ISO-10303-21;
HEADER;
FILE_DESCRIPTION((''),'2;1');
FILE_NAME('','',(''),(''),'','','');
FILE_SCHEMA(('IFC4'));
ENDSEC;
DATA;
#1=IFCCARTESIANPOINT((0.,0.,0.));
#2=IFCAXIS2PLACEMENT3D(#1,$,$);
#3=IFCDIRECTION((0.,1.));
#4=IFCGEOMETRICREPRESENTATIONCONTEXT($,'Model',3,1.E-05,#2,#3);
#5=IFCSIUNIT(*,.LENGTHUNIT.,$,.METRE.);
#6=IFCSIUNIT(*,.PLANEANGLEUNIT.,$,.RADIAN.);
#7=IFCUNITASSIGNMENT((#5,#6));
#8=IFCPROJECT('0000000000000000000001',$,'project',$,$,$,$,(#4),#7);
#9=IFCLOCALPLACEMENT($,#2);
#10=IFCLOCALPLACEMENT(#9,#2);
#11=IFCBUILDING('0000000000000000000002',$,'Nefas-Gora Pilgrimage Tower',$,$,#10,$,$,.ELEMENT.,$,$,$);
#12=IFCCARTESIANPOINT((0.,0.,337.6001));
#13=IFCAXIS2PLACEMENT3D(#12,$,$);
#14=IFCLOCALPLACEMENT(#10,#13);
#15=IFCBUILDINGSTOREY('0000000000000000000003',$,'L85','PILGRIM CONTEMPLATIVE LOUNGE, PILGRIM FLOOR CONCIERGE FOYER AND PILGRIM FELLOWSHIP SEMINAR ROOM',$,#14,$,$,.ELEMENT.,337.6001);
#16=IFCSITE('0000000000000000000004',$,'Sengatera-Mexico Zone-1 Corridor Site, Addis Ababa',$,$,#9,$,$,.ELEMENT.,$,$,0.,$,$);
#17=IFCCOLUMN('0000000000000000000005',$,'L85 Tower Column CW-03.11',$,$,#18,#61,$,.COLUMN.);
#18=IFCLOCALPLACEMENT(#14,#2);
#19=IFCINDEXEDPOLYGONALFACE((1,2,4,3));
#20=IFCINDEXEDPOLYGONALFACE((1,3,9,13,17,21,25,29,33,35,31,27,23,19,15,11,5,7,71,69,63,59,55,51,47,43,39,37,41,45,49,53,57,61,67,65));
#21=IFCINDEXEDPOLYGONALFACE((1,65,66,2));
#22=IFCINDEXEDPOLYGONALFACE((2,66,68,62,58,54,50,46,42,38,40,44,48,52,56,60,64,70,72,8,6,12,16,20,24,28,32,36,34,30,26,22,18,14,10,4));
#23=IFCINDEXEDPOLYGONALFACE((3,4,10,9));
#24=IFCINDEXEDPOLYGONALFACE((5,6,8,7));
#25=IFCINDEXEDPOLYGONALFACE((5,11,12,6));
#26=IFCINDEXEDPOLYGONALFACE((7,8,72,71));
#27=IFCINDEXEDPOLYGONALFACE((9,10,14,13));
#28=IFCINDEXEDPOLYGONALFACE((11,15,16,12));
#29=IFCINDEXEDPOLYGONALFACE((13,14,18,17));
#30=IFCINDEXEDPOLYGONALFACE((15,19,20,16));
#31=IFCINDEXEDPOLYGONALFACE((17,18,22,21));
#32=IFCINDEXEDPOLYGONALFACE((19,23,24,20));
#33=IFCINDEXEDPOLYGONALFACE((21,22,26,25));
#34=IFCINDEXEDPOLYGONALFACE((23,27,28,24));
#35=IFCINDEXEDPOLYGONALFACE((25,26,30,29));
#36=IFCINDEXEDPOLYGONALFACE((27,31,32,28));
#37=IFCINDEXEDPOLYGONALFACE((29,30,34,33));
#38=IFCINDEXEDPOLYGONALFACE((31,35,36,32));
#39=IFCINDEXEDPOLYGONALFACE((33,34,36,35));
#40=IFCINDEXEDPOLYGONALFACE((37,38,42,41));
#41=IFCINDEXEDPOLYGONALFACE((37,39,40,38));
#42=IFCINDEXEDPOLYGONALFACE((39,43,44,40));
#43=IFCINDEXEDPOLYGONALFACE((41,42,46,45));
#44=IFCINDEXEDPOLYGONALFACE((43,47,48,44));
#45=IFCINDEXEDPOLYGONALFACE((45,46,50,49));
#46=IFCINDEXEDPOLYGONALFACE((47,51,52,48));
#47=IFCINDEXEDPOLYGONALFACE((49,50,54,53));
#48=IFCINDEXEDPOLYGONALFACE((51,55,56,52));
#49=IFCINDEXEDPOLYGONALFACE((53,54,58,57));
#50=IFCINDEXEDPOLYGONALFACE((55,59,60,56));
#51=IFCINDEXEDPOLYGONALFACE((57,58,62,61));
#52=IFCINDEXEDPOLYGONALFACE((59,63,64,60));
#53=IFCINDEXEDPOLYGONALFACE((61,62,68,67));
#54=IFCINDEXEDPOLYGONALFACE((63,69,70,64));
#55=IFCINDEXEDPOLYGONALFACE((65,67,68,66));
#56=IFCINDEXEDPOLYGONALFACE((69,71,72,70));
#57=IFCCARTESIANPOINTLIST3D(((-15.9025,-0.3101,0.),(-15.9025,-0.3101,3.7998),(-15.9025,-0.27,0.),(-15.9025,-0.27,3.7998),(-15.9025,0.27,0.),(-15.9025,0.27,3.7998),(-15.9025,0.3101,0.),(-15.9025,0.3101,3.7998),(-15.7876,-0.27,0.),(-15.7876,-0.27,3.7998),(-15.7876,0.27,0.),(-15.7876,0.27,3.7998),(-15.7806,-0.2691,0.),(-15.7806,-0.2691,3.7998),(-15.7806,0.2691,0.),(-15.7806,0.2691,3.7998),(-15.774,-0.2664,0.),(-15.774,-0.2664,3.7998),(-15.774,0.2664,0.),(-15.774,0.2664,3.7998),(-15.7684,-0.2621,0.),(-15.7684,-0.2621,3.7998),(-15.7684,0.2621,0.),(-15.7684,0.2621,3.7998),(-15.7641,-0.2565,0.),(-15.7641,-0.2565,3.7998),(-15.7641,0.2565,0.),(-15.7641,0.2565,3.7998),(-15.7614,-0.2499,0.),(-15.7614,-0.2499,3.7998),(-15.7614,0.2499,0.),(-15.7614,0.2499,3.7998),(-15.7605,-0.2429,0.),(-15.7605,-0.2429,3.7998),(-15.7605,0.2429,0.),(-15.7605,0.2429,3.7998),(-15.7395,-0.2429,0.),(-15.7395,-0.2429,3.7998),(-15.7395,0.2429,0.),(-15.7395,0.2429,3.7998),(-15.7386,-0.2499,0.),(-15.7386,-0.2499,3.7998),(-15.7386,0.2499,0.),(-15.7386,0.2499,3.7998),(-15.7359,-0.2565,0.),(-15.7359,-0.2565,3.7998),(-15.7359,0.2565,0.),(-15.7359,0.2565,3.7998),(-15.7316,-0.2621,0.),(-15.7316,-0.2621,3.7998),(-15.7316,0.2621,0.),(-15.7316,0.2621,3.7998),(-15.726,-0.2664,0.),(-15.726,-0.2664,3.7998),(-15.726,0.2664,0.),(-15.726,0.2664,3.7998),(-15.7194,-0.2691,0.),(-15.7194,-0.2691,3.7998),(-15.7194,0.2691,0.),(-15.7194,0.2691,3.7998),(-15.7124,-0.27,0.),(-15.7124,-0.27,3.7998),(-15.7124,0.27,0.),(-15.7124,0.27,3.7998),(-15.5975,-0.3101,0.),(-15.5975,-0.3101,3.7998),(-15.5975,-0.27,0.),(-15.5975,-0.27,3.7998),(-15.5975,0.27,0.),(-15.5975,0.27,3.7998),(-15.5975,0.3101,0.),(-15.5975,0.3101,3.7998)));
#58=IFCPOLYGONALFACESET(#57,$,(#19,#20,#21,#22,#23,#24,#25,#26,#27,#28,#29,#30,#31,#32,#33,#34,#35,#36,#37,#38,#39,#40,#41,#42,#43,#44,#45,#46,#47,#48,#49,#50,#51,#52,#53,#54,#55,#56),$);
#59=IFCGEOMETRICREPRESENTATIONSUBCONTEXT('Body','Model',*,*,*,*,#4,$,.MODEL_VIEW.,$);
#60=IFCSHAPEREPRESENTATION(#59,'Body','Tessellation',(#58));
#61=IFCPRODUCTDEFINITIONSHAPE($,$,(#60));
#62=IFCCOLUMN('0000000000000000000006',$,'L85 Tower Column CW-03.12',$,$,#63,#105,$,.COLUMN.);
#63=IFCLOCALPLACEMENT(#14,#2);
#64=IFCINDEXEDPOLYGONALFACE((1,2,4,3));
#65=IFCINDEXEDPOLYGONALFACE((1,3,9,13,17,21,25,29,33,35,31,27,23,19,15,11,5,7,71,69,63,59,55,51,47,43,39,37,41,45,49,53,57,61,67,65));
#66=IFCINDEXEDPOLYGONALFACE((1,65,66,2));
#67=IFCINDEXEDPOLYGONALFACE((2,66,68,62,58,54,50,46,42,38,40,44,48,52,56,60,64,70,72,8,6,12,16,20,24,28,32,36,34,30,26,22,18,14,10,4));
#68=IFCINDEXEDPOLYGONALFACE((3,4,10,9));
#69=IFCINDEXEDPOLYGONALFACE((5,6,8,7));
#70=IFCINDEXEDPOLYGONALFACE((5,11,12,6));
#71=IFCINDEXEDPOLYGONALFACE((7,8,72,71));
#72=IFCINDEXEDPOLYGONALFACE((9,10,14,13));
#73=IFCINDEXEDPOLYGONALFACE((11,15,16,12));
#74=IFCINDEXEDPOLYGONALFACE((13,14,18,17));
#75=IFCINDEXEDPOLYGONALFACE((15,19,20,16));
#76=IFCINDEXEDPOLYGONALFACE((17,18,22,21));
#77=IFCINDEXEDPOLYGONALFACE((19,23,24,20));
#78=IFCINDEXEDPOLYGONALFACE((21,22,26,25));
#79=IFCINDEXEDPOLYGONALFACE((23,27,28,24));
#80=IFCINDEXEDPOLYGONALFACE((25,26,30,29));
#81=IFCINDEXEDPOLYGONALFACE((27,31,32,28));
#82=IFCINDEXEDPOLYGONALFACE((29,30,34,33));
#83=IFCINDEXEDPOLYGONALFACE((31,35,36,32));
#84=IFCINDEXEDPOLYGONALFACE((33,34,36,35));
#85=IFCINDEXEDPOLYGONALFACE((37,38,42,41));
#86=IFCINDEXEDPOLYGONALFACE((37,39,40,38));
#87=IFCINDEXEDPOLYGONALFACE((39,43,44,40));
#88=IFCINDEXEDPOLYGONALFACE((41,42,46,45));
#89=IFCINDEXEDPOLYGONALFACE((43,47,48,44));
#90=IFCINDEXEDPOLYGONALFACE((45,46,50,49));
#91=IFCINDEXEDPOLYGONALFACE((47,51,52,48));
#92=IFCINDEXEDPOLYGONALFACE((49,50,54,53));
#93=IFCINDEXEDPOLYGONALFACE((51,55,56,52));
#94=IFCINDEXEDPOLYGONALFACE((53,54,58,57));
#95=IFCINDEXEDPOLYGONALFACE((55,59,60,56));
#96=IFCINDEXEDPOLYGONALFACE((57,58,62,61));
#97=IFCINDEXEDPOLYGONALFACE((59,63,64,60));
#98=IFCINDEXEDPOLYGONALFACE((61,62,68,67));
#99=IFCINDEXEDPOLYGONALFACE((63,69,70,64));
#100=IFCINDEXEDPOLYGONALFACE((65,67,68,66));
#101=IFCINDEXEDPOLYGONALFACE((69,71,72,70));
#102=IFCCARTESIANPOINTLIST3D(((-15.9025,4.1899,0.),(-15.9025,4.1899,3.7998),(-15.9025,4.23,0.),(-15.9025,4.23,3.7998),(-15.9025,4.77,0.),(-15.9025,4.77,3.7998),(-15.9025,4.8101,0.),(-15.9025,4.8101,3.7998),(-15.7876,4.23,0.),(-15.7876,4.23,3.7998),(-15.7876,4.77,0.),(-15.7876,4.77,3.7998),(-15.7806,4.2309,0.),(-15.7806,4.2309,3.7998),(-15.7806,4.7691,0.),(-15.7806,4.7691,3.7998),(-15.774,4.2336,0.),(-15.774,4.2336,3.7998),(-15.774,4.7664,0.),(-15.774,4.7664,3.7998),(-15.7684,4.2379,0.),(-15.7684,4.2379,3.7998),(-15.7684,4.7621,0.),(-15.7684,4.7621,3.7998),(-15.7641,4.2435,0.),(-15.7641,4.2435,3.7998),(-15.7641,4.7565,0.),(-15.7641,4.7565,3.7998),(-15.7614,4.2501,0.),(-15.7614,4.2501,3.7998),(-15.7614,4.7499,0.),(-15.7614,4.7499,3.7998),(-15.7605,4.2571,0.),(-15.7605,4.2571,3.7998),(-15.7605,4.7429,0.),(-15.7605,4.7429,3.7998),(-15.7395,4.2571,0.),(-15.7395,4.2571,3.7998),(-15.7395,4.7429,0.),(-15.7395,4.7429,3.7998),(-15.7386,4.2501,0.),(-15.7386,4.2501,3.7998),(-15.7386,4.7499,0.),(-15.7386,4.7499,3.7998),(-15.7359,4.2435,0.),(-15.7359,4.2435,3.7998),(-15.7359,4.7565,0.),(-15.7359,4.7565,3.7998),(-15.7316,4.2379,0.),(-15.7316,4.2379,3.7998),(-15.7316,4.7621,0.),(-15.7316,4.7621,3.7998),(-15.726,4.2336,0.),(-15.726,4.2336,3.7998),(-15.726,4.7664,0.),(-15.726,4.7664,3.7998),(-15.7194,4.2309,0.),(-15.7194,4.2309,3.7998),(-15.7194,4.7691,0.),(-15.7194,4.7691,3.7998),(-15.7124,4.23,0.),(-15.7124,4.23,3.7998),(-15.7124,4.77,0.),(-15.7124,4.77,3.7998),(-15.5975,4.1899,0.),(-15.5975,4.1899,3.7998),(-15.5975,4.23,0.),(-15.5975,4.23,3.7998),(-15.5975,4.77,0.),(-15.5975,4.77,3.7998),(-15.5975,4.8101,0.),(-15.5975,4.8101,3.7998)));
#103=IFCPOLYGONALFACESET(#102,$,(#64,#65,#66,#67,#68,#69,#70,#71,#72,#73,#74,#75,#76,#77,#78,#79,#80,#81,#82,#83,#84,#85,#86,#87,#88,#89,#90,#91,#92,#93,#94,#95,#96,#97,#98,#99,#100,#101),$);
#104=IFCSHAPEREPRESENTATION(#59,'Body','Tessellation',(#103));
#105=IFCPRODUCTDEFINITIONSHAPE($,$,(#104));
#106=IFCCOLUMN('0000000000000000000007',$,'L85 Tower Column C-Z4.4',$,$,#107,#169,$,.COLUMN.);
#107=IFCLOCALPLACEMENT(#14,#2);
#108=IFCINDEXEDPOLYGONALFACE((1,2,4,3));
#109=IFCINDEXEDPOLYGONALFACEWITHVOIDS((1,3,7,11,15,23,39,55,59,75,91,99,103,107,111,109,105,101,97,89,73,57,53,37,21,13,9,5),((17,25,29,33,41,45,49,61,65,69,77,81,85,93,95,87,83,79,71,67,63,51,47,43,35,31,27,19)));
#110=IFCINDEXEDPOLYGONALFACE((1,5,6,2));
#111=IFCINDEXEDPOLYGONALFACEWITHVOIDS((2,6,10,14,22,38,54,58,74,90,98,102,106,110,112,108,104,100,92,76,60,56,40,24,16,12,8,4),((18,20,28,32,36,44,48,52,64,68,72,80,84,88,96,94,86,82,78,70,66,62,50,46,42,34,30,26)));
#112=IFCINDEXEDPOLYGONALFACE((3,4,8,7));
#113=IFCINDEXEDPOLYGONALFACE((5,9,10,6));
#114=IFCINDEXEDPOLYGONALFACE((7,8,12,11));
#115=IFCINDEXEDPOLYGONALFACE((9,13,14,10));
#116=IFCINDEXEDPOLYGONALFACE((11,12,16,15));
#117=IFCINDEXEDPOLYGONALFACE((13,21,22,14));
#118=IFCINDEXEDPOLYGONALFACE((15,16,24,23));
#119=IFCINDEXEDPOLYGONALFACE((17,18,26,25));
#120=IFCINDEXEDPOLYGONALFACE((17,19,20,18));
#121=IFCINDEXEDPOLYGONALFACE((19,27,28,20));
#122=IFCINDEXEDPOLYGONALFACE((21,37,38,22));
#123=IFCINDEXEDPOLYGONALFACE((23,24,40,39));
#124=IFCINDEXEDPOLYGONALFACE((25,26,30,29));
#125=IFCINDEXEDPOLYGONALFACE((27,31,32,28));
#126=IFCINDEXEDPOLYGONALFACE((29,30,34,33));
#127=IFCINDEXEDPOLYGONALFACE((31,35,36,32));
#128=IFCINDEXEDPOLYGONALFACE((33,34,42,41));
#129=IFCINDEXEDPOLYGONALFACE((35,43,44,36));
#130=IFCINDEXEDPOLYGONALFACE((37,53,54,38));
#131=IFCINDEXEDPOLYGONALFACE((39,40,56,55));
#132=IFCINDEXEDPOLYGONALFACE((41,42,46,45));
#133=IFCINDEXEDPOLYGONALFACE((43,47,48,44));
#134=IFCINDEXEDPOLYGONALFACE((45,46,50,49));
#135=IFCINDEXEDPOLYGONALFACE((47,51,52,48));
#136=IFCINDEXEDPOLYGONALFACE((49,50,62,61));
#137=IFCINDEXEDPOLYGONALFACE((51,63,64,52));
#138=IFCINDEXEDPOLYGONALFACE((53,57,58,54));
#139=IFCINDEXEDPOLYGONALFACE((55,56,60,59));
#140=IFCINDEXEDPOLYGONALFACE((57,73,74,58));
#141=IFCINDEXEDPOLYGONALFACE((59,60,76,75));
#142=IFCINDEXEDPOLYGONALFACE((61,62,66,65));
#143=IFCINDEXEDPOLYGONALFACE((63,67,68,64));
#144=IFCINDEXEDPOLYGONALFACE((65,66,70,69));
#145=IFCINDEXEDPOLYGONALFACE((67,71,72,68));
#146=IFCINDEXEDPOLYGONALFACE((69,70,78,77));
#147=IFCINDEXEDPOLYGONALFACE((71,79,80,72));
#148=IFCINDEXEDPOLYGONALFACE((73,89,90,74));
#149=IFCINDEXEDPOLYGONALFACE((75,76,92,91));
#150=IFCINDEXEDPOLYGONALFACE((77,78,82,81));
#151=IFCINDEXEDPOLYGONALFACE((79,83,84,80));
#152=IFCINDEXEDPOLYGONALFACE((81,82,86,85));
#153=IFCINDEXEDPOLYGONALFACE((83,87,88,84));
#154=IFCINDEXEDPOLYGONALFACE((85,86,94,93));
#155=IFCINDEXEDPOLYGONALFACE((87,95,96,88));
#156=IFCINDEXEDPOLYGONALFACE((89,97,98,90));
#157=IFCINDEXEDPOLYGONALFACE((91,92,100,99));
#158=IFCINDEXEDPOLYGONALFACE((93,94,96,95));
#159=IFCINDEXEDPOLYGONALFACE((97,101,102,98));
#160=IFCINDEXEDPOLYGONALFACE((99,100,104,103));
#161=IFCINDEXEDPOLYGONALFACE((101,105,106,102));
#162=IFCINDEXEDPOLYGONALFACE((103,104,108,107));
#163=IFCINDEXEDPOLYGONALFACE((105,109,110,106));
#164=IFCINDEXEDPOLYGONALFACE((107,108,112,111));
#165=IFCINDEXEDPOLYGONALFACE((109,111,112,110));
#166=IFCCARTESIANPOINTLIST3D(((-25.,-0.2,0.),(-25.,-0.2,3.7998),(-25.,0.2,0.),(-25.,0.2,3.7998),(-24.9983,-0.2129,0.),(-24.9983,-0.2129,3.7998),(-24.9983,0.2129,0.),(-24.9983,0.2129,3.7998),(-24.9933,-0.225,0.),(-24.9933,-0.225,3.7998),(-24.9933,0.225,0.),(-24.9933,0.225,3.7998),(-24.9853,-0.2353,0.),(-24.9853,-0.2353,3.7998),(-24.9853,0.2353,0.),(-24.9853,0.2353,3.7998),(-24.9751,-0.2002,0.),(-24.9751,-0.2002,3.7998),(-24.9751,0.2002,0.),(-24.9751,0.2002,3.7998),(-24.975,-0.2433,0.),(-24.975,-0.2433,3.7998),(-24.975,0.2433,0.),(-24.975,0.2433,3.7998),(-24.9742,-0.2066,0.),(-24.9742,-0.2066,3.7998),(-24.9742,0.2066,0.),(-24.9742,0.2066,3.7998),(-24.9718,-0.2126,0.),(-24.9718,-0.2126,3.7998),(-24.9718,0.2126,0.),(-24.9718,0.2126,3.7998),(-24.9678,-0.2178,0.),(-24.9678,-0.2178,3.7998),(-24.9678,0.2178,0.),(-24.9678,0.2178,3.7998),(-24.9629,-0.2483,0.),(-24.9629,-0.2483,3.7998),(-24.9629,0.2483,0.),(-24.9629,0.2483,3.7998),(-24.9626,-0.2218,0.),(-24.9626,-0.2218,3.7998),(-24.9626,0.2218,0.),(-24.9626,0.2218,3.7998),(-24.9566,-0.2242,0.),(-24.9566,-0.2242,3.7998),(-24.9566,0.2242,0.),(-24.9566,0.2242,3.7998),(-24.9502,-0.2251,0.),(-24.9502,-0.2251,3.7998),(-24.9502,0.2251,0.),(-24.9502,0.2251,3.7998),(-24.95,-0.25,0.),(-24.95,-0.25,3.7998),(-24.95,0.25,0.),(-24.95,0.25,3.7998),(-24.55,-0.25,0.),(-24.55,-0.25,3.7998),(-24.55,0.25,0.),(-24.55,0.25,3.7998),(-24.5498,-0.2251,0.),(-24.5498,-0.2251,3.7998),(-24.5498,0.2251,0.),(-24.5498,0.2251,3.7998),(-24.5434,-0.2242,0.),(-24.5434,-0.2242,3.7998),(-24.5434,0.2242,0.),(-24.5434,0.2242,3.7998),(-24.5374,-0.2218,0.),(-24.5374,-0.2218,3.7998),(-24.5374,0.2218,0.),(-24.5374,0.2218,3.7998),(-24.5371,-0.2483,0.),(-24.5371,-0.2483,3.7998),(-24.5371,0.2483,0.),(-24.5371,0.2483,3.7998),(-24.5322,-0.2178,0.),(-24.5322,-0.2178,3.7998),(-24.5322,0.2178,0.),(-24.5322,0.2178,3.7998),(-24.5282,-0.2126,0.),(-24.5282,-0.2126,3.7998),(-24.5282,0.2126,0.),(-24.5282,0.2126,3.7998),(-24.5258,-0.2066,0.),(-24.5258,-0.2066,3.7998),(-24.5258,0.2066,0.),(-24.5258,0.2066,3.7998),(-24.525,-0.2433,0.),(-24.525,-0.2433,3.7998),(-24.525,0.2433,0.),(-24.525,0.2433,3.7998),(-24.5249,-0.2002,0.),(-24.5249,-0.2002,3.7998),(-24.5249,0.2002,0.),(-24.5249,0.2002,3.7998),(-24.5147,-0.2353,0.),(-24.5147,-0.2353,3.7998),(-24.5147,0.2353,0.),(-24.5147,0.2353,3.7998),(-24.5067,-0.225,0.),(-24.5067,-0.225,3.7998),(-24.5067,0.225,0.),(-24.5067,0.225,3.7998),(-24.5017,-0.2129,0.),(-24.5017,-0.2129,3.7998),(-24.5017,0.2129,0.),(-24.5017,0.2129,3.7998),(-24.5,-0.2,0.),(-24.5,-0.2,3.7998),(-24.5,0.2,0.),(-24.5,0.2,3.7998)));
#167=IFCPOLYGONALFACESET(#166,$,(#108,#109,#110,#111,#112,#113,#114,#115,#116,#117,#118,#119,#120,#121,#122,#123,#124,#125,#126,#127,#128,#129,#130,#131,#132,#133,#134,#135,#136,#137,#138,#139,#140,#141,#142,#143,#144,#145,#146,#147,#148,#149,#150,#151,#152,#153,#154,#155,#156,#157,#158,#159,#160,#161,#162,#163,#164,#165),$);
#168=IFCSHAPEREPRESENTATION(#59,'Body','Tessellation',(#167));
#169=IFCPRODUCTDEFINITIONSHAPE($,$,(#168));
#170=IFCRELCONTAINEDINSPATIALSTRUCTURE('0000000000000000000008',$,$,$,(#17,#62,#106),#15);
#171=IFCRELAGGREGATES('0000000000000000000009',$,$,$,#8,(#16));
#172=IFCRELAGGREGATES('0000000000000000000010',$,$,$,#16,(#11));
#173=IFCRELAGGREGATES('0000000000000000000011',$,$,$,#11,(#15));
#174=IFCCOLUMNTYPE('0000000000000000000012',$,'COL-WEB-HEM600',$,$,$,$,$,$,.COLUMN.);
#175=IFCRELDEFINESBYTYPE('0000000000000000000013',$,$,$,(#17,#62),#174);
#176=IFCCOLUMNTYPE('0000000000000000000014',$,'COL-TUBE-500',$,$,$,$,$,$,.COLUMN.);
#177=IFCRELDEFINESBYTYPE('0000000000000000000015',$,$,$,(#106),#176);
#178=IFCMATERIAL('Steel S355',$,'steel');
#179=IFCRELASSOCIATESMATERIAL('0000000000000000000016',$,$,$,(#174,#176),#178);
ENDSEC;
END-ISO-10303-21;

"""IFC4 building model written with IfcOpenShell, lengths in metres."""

from ifc_helpers import new_model, si_unit, direction, frame, origin, origin_2d, place, context, subcontext, project, spatial, hollow_rectangle, i_section, extrude, source, transform, mapped, material, material_profile, profile_set, type_object, element, save


model = new_model("IFC4")

# Units and contexts
model_context = context("Model", 3, precision=1e-05, world=origin(), true_north=direction((0.0, 1.0)))
body_context = subcontext(model_context, "Body", "Model", "MODEL_VIEW")
ifc_project = project(units=[si_unit("LENGTHUNIT", "METRE"), si_unit("PLANEANGLEUNIT", "RADIAN")], contexts=[model_context])

# Site, building, storey
site_placement = place(None, origin())
site = spatial("IfcSite", under=ifc_project, at=site_placement, Name="Sengatera-Mexico Zone-1 Corridor Site, Addis Ababa", CompositionType="ELEMENT", RefElevation=0.0)
building_placement = place(site_placement, origin())
building = spatial("IfcBuilding", under=site, at=building_placement, Name="Nefas-Gora Pilgrimage Tower", CompositionType="ELEMENT")
storey_placement = place(building_placement, frame((0.0, 0.0, 337.6001)))
storey = spatial("IfcBuildingStorey", under=building, at=storey_placement, Name="L85", Description="PILGRIM CONTEMPLATIVE LOUNGE, PILGRIM FLOOR CONCIERGE FOYER AND PILGRIM FELLOWSHIP SEMINAR ROOM", CompositionType="ELEMENT", Elevation=337.6001)

# Columns
ifc_material_1 = material(Name="Steel S355", Category="steel")
ifc_material_profile_1 = material_profile(ifc_material_1, i_section(OverallWidth=0.3049, OverallDepth=0.6201, WebThickness=0.021, FlangeThickness=0.04, FilletRadius=0.0271, at=origin_2d()), Name="HEM 600")
ifc_profile_set_1 = profile_set([ifc_material_profile_1], Name="Steel S355")
column_type_1 = type_object("IfcColumnType", Name="COL-WEB-HEM600", PredefinedType="COLUMN", material=ifc_profile_set_1)
shared_shape_1 = source(origin(), body_context, "Body", "SweptSolid", [
    extrude(i_section(OverallWidth=0.3049, OverallDepth=0.6201, WebThickness=0.021, FlangeThickness=0.04, FilletRadius=0.0271, at=origin_2d()), origin(), (0.0, 0.0, 1.0), 3.7998),
])
for number, where, z_axis, x_axis, name in (
    (1, (-15.75, 0.0, 0.0), (0.0, 0.0, 1.0), (1.0, 0.0, 0.0), "L85 Tower Column CW-03.11"),
    (2, (-15.75, 4.5, 0.0), (0.0, 0.0, 1.0), (1.0, 0.0, 0.0), "L85 Tower Column CW-03.12"),
):
    element("IfcColumn", number, at=place(storey_placement, frame(where, z_axis=z_axis, x_axis=x_axis)), inside=storey, type_object=column_type_1, Name=name, PredefinedType="COLUMN", context=body_context, shape_type="MappedRepresentation", body=[
        mapped(shared_shape_1, transform((0.0, 0.0, 0.0), x_axis=(1.0, 0.0, 0.0), y_axis=(0.0, 1.0, 0.0), z_axis=(0.0, 0.0, 1.0), scale=1.0)),
    ])
ifc_material_profile_2 = material_profile(ifc_material_1, hollow_rectangle(XDim=0.5, YDim=0.5, WallThickness=0.0249, InnerFilletRadius=0.0249, OuterFilletRadius=0.05, at=origin_2d()), Name="SHS 500x500x25")
ifc_profile_set_2 = profile_set([ifc_material_profile_2], Name="Steel S355")
column_type_2 = type_object("IfcColumnType", Name="COL-TUBE-500", PredefinedType="COLUMN", material=ifc_profile_set_2)
shared_shape_2 = source(origin(), body_context, "Body", "SweptSolid", [
    extrude(hollow_rectangle(XDim=0.5, YDim=0.5, WallThickness=0.0249, InnerFilletRadius=0.0249, OuterFilletRadius=0.05, at=origin_2d()), origin(), (0.0, 0.0, 1.0), 3.7998),
])
for number, where, z_axis, x_axis, name in (
    (3, (-24.75, 0.0, 0.0), (0.0, 0.0, 1.0), (1.0, 0.0, 0.0), "L85 Tower Column C-Z4.4"),
):
    element("IfcColumn", number, at=place(storey_placement, frame(where, z_axis=z_axis, x_axis=x_axis)), inside=storey, type_object=column_type_2, Name=name, PredefinedType="COLUMN", context=body_context, shape_type="MappedRepresentation", body=[
        mapped(shared_shape_2, transform((0.0, 0.0, 0.0), x_axis=(1.0, 0.0, 0.0), y_axis=(0.0, 1.0, 0.0), z_axis=(0.0, 0.0, 1.0), scale=1.0)),
    ])

save(model, "model.ifc")
